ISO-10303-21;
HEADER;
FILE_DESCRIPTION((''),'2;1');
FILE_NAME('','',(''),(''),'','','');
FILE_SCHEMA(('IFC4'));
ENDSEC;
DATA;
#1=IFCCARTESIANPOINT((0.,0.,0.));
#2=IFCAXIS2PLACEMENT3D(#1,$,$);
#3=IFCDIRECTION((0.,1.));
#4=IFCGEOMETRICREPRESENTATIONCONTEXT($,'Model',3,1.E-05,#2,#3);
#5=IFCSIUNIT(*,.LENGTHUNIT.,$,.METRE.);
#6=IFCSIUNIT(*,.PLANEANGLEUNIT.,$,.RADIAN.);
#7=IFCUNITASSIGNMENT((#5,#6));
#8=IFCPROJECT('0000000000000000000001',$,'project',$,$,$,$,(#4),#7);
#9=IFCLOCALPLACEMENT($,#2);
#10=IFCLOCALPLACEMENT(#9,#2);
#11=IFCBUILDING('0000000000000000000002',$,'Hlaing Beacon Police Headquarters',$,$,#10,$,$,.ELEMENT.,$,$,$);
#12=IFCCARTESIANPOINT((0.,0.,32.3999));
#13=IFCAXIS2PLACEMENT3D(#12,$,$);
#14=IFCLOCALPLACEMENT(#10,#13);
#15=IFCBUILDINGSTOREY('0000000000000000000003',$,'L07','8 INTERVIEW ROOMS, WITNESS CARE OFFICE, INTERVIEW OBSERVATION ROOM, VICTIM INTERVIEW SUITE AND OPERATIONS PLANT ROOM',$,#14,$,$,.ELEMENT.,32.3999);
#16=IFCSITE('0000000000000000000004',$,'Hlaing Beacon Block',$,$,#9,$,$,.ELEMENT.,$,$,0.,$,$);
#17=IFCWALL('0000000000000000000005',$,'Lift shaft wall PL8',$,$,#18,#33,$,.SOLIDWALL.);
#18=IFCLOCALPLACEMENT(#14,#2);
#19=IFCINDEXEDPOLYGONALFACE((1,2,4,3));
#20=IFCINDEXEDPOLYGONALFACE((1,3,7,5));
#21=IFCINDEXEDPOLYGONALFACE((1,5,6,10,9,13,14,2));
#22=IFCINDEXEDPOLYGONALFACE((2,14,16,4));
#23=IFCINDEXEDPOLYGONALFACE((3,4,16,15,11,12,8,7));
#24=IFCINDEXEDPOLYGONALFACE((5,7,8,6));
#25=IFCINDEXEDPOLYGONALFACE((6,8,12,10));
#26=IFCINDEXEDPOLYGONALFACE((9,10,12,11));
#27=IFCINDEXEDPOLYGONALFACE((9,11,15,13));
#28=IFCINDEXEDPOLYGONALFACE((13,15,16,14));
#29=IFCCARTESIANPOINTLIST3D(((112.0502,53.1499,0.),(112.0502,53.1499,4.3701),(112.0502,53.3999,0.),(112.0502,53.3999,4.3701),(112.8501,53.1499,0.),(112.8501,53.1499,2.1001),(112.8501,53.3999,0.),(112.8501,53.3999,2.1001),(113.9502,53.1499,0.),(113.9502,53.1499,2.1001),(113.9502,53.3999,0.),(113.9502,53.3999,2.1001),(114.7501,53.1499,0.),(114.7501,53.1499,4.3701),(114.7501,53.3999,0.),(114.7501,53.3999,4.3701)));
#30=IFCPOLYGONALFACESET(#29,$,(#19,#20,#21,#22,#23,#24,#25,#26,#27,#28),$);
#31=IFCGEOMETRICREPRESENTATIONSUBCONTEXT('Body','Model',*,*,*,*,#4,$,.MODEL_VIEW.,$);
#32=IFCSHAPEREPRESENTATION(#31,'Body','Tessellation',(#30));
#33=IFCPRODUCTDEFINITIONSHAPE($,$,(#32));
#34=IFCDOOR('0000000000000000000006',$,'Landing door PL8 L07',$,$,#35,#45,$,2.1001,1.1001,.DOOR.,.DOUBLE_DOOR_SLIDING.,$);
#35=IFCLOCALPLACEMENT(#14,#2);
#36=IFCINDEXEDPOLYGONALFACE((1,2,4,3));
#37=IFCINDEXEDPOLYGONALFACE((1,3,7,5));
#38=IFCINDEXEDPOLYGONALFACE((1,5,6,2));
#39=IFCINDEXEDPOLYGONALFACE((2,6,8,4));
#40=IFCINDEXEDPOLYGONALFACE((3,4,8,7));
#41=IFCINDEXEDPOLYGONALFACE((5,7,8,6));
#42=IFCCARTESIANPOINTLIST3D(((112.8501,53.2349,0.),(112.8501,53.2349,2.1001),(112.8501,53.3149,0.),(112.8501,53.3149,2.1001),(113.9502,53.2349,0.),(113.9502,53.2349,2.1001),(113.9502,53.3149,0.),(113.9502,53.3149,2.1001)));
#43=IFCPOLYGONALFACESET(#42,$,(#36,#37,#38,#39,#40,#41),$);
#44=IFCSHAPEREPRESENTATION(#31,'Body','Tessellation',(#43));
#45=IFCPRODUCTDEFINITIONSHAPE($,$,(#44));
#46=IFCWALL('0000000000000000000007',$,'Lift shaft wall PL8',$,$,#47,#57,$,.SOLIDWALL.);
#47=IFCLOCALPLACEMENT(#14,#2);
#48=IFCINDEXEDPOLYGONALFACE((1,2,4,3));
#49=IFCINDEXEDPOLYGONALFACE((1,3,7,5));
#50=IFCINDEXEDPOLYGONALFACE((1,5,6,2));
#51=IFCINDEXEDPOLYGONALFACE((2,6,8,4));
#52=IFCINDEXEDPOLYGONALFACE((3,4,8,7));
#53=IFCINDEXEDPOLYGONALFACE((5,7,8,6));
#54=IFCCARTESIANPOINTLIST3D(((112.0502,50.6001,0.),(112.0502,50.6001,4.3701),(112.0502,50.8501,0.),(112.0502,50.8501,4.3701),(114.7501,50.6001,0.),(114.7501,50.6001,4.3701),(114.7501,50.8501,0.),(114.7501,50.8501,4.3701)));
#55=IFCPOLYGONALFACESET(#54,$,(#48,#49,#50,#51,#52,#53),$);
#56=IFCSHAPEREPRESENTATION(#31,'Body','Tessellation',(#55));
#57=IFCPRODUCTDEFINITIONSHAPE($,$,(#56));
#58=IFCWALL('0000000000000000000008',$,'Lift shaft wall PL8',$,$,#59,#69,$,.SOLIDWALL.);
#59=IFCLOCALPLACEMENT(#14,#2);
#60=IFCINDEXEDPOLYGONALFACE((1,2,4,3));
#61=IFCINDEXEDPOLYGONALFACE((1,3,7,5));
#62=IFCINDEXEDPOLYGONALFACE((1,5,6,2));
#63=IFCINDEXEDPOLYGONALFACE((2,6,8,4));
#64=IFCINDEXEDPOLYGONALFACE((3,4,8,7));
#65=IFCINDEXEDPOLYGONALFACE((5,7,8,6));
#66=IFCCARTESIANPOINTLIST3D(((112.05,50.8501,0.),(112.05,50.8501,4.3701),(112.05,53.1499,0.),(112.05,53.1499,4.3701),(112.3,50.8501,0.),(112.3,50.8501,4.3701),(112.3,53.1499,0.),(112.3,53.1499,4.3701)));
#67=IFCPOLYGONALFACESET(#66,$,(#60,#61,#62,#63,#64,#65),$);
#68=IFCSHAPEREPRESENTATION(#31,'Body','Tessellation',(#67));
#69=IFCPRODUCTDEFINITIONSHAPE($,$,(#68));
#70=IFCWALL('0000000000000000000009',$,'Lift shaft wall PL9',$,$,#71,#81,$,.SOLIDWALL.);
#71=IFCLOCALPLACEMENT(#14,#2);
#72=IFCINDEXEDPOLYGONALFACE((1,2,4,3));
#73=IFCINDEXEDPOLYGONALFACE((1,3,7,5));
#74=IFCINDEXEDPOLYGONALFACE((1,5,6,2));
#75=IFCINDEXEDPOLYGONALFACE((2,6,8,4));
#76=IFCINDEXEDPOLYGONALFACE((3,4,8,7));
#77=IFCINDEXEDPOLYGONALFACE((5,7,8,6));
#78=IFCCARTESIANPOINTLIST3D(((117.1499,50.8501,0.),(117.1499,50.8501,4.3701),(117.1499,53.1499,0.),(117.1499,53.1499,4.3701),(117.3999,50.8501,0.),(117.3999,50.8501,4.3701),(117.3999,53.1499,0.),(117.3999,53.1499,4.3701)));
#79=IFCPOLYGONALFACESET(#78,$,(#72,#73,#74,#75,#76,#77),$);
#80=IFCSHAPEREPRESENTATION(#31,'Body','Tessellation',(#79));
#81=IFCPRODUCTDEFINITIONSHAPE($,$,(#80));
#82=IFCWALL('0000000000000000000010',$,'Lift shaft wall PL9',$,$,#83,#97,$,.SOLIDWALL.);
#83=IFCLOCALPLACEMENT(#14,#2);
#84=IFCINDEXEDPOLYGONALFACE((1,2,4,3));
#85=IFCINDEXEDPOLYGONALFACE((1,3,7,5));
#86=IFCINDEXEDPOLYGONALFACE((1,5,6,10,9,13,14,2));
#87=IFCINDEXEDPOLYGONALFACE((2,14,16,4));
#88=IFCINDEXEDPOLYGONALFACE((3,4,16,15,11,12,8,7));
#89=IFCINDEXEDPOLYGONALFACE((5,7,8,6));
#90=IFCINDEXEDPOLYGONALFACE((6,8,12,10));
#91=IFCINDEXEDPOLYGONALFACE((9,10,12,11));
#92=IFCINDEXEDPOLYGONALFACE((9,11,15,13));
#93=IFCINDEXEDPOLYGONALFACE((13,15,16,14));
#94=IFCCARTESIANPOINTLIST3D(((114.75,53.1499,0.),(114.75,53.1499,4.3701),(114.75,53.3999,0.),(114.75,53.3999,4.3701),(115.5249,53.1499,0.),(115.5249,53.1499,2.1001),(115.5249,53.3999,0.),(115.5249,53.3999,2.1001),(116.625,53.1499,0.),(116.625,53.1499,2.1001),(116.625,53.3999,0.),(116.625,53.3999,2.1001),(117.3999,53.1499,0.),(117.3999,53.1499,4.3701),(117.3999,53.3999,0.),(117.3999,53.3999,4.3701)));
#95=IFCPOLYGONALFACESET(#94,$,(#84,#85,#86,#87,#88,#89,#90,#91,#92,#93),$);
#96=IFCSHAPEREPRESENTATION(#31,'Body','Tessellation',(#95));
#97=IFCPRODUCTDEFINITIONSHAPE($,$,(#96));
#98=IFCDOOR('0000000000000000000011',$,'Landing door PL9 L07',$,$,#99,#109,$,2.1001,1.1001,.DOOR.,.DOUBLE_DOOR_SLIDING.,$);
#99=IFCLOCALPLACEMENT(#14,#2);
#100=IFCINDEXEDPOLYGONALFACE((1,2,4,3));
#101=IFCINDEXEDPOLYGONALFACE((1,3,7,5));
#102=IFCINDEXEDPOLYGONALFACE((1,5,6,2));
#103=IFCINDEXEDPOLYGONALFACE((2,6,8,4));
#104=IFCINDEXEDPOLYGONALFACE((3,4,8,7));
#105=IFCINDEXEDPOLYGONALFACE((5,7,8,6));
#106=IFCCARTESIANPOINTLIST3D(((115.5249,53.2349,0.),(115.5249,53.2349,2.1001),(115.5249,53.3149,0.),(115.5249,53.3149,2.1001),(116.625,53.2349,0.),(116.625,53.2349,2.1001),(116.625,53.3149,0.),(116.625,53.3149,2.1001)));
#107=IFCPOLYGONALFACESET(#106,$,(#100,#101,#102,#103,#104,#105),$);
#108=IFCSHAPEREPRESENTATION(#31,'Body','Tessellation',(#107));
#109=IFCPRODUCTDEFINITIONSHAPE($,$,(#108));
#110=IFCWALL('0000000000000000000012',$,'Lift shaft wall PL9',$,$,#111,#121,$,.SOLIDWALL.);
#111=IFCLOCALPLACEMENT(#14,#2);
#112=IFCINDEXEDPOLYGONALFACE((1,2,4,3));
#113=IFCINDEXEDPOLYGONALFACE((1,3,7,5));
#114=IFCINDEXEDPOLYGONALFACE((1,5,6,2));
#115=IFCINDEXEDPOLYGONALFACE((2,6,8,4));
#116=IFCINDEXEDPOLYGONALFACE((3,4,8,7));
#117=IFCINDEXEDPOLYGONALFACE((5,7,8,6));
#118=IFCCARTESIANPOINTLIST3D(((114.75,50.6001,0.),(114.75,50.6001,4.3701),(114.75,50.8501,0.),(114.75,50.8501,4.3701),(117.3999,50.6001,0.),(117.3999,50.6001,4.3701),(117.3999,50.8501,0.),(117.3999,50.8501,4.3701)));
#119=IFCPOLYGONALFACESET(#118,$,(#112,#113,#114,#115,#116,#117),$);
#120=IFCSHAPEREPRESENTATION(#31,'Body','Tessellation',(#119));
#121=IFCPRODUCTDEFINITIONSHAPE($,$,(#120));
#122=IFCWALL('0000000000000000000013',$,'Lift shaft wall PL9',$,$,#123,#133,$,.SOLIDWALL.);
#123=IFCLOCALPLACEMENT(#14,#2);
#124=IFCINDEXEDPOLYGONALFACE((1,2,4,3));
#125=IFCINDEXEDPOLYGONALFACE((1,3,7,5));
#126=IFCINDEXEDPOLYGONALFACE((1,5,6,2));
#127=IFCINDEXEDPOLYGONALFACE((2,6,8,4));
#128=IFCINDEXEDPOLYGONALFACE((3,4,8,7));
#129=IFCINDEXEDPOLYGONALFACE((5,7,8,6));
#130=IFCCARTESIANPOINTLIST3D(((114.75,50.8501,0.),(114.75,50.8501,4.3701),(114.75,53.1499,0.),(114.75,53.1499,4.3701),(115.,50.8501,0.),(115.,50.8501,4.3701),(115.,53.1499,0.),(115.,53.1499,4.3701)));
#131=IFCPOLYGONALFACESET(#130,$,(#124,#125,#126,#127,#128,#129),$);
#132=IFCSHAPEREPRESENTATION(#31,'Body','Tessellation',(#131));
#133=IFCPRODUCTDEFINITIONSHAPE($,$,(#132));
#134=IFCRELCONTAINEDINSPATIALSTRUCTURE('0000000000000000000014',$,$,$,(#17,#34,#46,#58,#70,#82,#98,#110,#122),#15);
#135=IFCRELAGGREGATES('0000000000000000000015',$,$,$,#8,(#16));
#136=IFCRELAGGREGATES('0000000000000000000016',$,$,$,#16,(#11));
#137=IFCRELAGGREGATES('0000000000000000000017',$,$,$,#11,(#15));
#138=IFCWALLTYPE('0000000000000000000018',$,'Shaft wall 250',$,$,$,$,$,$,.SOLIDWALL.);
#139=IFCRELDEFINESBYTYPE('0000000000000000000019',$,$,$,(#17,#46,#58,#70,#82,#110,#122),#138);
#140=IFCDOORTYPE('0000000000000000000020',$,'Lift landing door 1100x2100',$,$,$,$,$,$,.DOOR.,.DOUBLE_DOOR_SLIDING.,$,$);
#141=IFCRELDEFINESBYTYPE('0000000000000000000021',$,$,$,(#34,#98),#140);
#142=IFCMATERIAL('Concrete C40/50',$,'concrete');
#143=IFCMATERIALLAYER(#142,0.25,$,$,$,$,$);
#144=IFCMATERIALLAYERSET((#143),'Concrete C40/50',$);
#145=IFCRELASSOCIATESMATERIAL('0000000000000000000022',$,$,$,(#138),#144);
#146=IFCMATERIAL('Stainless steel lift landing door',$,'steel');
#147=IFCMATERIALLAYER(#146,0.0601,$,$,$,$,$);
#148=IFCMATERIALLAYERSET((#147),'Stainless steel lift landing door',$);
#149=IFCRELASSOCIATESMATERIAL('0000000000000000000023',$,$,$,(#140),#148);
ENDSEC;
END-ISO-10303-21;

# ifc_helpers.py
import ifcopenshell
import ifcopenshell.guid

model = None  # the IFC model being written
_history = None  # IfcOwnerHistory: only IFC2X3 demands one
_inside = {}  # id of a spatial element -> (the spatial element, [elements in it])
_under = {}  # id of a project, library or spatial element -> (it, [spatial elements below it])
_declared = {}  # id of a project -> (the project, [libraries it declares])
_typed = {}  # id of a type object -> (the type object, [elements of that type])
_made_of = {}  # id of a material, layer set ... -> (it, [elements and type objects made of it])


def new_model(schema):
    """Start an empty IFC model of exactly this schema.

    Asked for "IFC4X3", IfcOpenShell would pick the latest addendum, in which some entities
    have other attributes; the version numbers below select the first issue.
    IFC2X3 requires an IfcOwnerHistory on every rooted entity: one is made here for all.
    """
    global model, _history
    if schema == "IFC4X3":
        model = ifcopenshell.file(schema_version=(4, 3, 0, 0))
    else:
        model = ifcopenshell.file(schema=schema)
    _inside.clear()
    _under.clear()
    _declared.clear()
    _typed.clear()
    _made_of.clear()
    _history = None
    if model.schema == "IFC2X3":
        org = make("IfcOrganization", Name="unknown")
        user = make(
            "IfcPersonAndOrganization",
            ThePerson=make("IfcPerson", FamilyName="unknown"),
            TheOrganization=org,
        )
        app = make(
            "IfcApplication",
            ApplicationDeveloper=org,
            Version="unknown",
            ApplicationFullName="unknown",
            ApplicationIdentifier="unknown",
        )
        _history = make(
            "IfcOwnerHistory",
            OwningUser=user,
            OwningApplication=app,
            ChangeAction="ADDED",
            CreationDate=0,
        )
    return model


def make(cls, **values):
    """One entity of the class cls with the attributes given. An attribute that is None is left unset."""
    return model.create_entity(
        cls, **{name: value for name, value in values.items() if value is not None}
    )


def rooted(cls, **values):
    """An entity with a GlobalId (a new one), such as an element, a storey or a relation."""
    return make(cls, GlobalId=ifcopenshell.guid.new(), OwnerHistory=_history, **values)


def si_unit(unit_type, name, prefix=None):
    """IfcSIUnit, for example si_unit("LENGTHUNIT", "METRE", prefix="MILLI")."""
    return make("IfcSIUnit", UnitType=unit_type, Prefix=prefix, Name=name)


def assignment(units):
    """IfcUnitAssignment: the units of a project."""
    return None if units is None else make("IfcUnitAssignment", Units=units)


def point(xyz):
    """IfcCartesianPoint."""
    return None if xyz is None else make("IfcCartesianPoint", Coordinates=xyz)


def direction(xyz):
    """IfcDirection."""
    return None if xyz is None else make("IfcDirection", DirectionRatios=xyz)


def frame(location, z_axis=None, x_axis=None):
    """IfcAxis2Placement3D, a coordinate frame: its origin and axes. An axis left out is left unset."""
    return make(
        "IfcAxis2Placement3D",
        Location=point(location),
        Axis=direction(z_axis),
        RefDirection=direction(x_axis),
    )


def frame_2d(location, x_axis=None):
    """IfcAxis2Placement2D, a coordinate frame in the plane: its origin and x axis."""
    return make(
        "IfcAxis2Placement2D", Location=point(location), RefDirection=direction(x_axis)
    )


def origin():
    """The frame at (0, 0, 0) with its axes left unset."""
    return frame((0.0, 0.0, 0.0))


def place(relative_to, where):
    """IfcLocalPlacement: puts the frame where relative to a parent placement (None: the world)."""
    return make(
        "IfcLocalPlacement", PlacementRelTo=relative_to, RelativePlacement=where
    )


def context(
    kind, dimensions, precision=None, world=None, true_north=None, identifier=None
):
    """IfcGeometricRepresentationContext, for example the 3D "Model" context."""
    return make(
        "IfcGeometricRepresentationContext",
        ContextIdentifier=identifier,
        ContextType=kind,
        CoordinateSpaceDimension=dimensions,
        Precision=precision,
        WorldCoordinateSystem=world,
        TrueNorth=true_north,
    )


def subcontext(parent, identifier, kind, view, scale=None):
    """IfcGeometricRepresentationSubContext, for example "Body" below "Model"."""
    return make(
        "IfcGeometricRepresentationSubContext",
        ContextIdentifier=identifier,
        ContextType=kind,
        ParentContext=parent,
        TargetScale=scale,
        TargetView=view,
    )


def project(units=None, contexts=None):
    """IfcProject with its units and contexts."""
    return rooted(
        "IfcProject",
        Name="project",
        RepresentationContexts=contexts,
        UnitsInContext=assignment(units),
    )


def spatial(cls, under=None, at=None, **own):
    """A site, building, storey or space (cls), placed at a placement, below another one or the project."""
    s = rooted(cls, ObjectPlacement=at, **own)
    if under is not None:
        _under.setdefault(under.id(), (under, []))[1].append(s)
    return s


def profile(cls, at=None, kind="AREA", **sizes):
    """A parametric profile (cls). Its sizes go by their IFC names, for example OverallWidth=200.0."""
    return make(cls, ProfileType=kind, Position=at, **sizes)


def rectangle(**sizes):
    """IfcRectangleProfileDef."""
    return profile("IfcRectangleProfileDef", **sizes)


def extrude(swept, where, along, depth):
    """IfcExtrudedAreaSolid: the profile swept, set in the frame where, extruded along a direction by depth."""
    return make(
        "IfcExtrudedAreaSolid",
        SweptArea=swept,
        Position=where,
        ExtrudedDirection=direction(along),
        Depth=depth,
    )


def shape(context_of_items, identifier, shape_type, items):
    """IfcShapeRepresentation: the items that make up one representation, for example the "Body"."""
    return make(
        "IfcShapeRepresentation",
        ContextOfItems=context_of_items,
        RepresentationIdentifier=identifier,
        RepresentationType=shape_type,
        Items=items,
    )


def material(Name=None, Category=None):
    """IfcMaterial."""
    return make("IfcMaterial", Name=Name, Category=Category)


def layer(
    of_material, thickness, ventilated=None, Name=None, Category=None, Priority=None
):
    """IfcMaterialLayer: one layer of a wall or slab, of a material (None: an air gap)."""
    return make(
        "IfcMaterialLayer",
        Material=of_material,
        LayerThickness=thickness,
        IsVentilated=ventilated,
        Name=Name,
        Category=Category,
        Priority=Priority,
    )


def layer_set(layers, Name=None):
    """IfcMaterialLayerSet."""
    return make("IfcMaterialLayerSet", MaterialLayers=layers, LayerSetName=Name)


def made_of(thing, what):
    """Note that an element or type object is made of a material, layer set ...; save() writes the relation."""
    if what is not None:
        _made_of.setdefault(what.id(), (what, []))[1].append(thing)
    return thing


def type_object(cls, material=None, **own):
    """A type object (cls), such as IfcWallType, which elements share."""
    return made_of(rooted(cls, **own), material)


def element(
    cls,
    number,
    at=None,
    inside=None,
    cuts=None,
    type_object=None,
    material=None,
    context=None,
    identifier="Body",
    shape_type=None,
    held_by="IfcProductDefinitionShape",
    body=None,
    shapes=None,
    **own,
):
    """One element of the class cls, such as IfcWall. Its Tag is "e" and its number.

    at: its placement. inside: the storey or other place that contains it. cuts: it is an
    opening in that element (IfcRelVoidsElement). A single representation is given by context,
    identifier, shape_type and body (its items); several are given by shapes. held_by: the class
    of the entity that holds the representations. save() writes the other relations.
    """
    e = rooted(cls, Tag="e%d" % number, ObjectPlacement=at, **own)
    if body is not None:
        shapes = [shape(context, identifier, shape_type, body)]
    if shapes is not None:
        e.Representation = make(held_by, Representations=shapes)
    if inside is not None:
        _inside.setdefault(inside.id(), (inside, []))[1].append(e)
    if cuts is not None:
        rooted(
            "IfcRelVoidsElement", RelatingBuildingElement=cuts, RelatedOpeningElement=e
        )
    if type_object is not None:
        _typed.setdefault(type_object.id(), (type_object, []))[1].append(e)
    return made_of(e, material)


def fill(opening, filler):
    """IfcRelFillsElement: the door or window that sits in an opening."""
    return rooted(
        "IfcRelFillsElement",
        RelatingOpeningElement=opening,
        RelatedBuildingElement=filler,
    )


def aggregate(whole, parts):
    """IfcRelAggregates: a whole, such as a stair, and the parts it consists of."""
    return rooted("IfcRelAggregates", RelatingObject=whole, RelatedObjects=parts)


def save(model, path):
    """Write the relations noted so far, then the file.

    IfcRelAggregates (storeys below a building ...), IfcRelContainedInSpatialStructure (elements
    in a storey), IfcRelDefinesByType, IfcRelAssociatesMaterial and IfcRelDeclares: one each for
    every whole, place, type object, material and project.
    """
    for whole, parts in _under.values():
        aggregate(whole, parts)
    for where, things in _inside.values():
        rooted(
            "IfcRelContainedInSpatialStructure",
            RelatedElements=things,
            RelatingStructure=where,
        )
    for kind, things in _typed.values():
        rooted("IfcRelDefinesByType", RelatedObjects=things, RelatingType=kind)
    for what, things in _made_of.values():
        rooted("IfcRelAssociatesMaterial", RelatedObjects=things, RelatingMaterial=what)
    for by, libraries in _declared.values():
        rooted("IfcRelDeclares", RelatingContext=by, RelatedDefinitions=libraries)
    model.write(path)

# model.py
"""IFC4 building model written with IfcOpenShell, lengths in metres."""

from ifc_helpers import new_model, si_unit, direction, frame, frame_2d, origin, place, context, subcontext, project, spatial, rectangle, extrude, material, layer, layer_set, type_object, element, fill, save


model = new_model("IFC4")

# Units and contexts
model_context = context("Model", 3, precision=1e-05, world=origin(), true_north=direction((0.0, 1.0)))
body_context = subcontext(model_context, "Body", "Model", "MODEL_VIEW")
ifc_project = project(units=[si_unit("LENGTHUNIT", "METRE"), si_unit("PLANEANGLEUNIT", "RADIAN")], contexts=[model_context])

# Site, building, storey
site_placement = place(None, origin())
site = spatial("IfcSite", under=ifc_project, at=site_placement, Name="Hlaing Beacon Block", CompositionType="ELEMENT", RefElevation=0.0)
building_placement = place(site_placement, origin())
building = spatial("IfcBuilding", under=site, at=building_placement, Name="Hlaing Beacon Police Headquarters", CompositionType="ELEMENT")
storey_placement = place(building_placement, frame((0.0, 0.0, 32.3999)))
storey = spatial("IfcBuildingStorey", under=building, at=storey_placement, Name="L07", Description="8 INTERVIEW ROOMS, WITNESS CARE OFFICE, INTERVIEW OBSERVATION ROOM, VICTIM INTERVIEW SUITE AND OPERATIONS PLANT ROOM", CompositionType="ELEMENT", Elevation=32.3999)

# Shared definitions
ifc_material_1 = material(Name="Concrete C40/50", Category="concrete")
ifc_layer_1 = layer(ifc_material_1, 0.25)
ifc_layer_set_1 = layer_set([ifc_layer_1], Name="Concrete C40/50")
wall_type_1 = type_object("IfcWallType", Name="Shaft wall 250", PredefinedType="SOLIDWALL", material=ifc_layer_set_1)

# Shared definitions
ifc_material_2 = material(Name="Stainless steel lift landing door", Category="steel")
ifc_layer_2 = layer(ifc_material_2, 0.0601)
ifc_layer_set_2 = layer_set([ifc_layer_2], Name="Stainless steel lift landing door")
door_type_1 = type_object("IfcDoorType", Name="Lift landing door 1100x2100", OperationType="DOUBLE_DOOR_SLIDING", PredefinedType="DOOR", material=ifc_layer_set_2)

# Wall, opening, door
wall_1_placement = place(storey_placement, frame((112.05, 53.2749, 0.0), z_axis=(0.0, 0.0, 1.0), x_axis=(1.0, 0.0, 0.0)))
wall_1 = element("IfcWall", 1, at=wall_1_placement, inside=storey, type_object=wall_type_1, Name="Lift shaft wall PL8", PredefinedType="SOLIDWALL", context=body_context, shape_type="SweptSolid", body=[
    extrude(rectangle(XDim=2.7, YDim=0.25, at=frame_2d((1.3501, 0.0))), origin(), (0.0, 0.0, 1.0), 4.3701),
])
opening_1_placement = place(wall_1_placement, frame((0.8, 0.0, 0.0)))
opening_1 = element("IfcOpeningElement", 2, at=opening_1_placement, cuts=wall_1, PredefinedType="OPENING", context=body_context, shape_type="SweptSolid", body=[
    extrude(rectangle(XDim=1.1001, YDim=2.1001, at=frame_2d((0.55, 1.05))), frame((0.0, 0.135, 0.0), z_axis=(0.0, -1.0, 0.0), x_axis=(1.0, 0.0, 0.0)), (0.0, 0.0, 1.0), 0.27),
])
door_1_placement = place(opening_1_placement, origin())
door_1 = element("IfcDoor", 3, at=door_1_placement, inside=storey, type_object=door_type_1, Name="Landing door PL8 L07", OperationType="DOUBLE_DOOR_SLIDING", OverallHeight=2.1001, OverallWidth=1.1001, PredefinedType="DOOR", context=body_context, shape_type="SweptSolid", body=[
    extrude(rectangle(XDim=1.1001, YDim=2.1001, at=frame_2d((0.55, 1.05))), frame((0.0, 0.04, 0.0), z_axis=(0.0, -1.0, 0.0), x_axis=(1.0, 0.0, 0.0)), (0.0, 0.0, 1.0), 0.0801),
])
fill(opening_1, door_1)

# Walls
wall_2_placement = place(storey_placement, frame((112.05, 50.7251, 0.0), z_axis=(0.0, 0.0, 1.0), x_axis=(1.0, 0.0, 0.0)))
element("IfcWall", 4, at=wall_2_placement, inside=storey, type_object=wall_type_1, Name="Lift shaft wall PL8", PredefinedType="SOLIDWALL", context=body_context, shape_type="SweptSolid", body=[
    extrude(rectangle(XDim=2.7, YDim=0.25, at=frame_2d((1.3501, 0.0))), origin(), (0.0, 0.0, 1.0), 4.3701),
])
for number, where, z_axis, x_axis, name in (
    (5, (112.175, 50.8501, 0.0), (0.0, 0.0, 1.0), (0.0, 1.0, 0.0), "Lift shaft wall PL8"),
    (6, (117.2749, 50.8501, 0.0), (0.0, 0.0, 1.0), (0.0, 1.0, 0.0), "Lift shaft wall PL9"),
):
    element("IfcWall", number, at=place(storey_placement, frame(where, z_axis=z_axis, x_axis=x_axis)), inside=storey, type_object=wall_type_1, Name=name, PredefinedType="SOLIDWALL", context=body_context, shape_type="SweptSolid", body=[
        extrude(rectangle(XDim=2.2998, YDim=0.25, at=frame_2d((1.1499, 0.0))), origin(), (0.0, 0.0, 1.0), 4.3701),
    ])

# Wall, opening, door
wall_3_placement = place(storey_placement, frame((114.75, 53.2749, 0.0), z_axis=(0.0, 0.0, 1.0), x_axis=(1.0, 0.0, 0.0)))
wall_3 = element("IfcWall", 7, at=wall_3_placement, inside=storey, type_object=wall_type_1, Name="Lift shaft wall PL9", PredefinedType="SOLIDWALL", context=body_context, shape_type="SweptSolid", body=[
    extrude(rectangle(XDim=2.6499, YDim=0.25, at=frame_2d((1.325, 0.0))), origin(), (0.0, 0.0, 1.0), 4.3701),
])
opening_2_placement = place(wall_3_placement, frame((0.7749, 0.0, 0.0)))
opening_2 = element("IfcOpeningElement", 8, at=opening_2_placement, cuts=wall_3, PredefinedType="OPENING", context=body_context, shape_type="SweptSolid", body=[
    extrude(rectangle(XDim=1.1001, YDim=2.1001, at=frame_2d((0.55, 1.05))), frame((0.0, 0.135, 0.0), z_axis=(0.0, -1.0, 0.0), x_axis=(1.0, 0.0, 0.0)), (0.0, 0.0, 1.0), 0.27),
])
door_2_placement = place(opening_2_placement, origin())
door_2 = element("IfcDoor", 9, at=door_2_placement, inside=storey, type_object=door_type_1, Name="Landing door PL9 L07", OperationType="DOUBLE_DOOR_SLIDING", OverallHeight=2.1001, OverallWidth=1.1001, PredefinedType="DOOR", context=body_context, shape_type="SweptSolid", body=[
    extrude(rectangle(XDim=1.1001, YDim=2.1001, at=frame_2d((0.55, 1.05))), frame((0.0, 0.04, 0.0), z_axis=(0.0, -1.0, 0.0), x_axis=(1.0, 0.0, 0.0)), (0.0, 0.0, 1.0), 0.0801),
])
fill(opening_2, door_2)

# Walls
wall_4_placement = place(storey_placement, frame((114.75, 50.7251, 0.0), z_axis=(0.0, 0.0, 1.0), x_axis=(1.0, 0.0, 0.0)))
element("IfcWall", 10, at=wall_4_placement, inside=storey, type_object=wall_type_1, Name="Lift shaft wall PL9", PredefinedType="SOLIDWALL", context=body_context, shape_type="SweptSolid", body=[
    extrude(rectangle(XDim=2.6499, YDim=0.25, at=frame_2d((1.325, 0.0))), origin(), (0.0, 0.0, 1.0), 4.3701),
])
wall_5_placement = place(storey_placement, frame((114.875, 50.8501, 0.0), z_axis=(0.0, 0.0, 1.0), x_axis=(0.0, 1.0, 0.0)))
element("IfcWall", 11, at=wall_5_placement, inside=storey, type_object=wall_type_1, Name="Lift shaft wall PL9", PredefinedType="SOLIDWALL", context=body_context, shape_type="SweptSolid", body=[
    extrude(rectangle(XDim=2.2998, YDim=0.25, at=frame_2d((1.1499, 0.0))), origin(), (0.0, 0.0, 1.0), 4.3701),
])

save(model, "model.ifc")
